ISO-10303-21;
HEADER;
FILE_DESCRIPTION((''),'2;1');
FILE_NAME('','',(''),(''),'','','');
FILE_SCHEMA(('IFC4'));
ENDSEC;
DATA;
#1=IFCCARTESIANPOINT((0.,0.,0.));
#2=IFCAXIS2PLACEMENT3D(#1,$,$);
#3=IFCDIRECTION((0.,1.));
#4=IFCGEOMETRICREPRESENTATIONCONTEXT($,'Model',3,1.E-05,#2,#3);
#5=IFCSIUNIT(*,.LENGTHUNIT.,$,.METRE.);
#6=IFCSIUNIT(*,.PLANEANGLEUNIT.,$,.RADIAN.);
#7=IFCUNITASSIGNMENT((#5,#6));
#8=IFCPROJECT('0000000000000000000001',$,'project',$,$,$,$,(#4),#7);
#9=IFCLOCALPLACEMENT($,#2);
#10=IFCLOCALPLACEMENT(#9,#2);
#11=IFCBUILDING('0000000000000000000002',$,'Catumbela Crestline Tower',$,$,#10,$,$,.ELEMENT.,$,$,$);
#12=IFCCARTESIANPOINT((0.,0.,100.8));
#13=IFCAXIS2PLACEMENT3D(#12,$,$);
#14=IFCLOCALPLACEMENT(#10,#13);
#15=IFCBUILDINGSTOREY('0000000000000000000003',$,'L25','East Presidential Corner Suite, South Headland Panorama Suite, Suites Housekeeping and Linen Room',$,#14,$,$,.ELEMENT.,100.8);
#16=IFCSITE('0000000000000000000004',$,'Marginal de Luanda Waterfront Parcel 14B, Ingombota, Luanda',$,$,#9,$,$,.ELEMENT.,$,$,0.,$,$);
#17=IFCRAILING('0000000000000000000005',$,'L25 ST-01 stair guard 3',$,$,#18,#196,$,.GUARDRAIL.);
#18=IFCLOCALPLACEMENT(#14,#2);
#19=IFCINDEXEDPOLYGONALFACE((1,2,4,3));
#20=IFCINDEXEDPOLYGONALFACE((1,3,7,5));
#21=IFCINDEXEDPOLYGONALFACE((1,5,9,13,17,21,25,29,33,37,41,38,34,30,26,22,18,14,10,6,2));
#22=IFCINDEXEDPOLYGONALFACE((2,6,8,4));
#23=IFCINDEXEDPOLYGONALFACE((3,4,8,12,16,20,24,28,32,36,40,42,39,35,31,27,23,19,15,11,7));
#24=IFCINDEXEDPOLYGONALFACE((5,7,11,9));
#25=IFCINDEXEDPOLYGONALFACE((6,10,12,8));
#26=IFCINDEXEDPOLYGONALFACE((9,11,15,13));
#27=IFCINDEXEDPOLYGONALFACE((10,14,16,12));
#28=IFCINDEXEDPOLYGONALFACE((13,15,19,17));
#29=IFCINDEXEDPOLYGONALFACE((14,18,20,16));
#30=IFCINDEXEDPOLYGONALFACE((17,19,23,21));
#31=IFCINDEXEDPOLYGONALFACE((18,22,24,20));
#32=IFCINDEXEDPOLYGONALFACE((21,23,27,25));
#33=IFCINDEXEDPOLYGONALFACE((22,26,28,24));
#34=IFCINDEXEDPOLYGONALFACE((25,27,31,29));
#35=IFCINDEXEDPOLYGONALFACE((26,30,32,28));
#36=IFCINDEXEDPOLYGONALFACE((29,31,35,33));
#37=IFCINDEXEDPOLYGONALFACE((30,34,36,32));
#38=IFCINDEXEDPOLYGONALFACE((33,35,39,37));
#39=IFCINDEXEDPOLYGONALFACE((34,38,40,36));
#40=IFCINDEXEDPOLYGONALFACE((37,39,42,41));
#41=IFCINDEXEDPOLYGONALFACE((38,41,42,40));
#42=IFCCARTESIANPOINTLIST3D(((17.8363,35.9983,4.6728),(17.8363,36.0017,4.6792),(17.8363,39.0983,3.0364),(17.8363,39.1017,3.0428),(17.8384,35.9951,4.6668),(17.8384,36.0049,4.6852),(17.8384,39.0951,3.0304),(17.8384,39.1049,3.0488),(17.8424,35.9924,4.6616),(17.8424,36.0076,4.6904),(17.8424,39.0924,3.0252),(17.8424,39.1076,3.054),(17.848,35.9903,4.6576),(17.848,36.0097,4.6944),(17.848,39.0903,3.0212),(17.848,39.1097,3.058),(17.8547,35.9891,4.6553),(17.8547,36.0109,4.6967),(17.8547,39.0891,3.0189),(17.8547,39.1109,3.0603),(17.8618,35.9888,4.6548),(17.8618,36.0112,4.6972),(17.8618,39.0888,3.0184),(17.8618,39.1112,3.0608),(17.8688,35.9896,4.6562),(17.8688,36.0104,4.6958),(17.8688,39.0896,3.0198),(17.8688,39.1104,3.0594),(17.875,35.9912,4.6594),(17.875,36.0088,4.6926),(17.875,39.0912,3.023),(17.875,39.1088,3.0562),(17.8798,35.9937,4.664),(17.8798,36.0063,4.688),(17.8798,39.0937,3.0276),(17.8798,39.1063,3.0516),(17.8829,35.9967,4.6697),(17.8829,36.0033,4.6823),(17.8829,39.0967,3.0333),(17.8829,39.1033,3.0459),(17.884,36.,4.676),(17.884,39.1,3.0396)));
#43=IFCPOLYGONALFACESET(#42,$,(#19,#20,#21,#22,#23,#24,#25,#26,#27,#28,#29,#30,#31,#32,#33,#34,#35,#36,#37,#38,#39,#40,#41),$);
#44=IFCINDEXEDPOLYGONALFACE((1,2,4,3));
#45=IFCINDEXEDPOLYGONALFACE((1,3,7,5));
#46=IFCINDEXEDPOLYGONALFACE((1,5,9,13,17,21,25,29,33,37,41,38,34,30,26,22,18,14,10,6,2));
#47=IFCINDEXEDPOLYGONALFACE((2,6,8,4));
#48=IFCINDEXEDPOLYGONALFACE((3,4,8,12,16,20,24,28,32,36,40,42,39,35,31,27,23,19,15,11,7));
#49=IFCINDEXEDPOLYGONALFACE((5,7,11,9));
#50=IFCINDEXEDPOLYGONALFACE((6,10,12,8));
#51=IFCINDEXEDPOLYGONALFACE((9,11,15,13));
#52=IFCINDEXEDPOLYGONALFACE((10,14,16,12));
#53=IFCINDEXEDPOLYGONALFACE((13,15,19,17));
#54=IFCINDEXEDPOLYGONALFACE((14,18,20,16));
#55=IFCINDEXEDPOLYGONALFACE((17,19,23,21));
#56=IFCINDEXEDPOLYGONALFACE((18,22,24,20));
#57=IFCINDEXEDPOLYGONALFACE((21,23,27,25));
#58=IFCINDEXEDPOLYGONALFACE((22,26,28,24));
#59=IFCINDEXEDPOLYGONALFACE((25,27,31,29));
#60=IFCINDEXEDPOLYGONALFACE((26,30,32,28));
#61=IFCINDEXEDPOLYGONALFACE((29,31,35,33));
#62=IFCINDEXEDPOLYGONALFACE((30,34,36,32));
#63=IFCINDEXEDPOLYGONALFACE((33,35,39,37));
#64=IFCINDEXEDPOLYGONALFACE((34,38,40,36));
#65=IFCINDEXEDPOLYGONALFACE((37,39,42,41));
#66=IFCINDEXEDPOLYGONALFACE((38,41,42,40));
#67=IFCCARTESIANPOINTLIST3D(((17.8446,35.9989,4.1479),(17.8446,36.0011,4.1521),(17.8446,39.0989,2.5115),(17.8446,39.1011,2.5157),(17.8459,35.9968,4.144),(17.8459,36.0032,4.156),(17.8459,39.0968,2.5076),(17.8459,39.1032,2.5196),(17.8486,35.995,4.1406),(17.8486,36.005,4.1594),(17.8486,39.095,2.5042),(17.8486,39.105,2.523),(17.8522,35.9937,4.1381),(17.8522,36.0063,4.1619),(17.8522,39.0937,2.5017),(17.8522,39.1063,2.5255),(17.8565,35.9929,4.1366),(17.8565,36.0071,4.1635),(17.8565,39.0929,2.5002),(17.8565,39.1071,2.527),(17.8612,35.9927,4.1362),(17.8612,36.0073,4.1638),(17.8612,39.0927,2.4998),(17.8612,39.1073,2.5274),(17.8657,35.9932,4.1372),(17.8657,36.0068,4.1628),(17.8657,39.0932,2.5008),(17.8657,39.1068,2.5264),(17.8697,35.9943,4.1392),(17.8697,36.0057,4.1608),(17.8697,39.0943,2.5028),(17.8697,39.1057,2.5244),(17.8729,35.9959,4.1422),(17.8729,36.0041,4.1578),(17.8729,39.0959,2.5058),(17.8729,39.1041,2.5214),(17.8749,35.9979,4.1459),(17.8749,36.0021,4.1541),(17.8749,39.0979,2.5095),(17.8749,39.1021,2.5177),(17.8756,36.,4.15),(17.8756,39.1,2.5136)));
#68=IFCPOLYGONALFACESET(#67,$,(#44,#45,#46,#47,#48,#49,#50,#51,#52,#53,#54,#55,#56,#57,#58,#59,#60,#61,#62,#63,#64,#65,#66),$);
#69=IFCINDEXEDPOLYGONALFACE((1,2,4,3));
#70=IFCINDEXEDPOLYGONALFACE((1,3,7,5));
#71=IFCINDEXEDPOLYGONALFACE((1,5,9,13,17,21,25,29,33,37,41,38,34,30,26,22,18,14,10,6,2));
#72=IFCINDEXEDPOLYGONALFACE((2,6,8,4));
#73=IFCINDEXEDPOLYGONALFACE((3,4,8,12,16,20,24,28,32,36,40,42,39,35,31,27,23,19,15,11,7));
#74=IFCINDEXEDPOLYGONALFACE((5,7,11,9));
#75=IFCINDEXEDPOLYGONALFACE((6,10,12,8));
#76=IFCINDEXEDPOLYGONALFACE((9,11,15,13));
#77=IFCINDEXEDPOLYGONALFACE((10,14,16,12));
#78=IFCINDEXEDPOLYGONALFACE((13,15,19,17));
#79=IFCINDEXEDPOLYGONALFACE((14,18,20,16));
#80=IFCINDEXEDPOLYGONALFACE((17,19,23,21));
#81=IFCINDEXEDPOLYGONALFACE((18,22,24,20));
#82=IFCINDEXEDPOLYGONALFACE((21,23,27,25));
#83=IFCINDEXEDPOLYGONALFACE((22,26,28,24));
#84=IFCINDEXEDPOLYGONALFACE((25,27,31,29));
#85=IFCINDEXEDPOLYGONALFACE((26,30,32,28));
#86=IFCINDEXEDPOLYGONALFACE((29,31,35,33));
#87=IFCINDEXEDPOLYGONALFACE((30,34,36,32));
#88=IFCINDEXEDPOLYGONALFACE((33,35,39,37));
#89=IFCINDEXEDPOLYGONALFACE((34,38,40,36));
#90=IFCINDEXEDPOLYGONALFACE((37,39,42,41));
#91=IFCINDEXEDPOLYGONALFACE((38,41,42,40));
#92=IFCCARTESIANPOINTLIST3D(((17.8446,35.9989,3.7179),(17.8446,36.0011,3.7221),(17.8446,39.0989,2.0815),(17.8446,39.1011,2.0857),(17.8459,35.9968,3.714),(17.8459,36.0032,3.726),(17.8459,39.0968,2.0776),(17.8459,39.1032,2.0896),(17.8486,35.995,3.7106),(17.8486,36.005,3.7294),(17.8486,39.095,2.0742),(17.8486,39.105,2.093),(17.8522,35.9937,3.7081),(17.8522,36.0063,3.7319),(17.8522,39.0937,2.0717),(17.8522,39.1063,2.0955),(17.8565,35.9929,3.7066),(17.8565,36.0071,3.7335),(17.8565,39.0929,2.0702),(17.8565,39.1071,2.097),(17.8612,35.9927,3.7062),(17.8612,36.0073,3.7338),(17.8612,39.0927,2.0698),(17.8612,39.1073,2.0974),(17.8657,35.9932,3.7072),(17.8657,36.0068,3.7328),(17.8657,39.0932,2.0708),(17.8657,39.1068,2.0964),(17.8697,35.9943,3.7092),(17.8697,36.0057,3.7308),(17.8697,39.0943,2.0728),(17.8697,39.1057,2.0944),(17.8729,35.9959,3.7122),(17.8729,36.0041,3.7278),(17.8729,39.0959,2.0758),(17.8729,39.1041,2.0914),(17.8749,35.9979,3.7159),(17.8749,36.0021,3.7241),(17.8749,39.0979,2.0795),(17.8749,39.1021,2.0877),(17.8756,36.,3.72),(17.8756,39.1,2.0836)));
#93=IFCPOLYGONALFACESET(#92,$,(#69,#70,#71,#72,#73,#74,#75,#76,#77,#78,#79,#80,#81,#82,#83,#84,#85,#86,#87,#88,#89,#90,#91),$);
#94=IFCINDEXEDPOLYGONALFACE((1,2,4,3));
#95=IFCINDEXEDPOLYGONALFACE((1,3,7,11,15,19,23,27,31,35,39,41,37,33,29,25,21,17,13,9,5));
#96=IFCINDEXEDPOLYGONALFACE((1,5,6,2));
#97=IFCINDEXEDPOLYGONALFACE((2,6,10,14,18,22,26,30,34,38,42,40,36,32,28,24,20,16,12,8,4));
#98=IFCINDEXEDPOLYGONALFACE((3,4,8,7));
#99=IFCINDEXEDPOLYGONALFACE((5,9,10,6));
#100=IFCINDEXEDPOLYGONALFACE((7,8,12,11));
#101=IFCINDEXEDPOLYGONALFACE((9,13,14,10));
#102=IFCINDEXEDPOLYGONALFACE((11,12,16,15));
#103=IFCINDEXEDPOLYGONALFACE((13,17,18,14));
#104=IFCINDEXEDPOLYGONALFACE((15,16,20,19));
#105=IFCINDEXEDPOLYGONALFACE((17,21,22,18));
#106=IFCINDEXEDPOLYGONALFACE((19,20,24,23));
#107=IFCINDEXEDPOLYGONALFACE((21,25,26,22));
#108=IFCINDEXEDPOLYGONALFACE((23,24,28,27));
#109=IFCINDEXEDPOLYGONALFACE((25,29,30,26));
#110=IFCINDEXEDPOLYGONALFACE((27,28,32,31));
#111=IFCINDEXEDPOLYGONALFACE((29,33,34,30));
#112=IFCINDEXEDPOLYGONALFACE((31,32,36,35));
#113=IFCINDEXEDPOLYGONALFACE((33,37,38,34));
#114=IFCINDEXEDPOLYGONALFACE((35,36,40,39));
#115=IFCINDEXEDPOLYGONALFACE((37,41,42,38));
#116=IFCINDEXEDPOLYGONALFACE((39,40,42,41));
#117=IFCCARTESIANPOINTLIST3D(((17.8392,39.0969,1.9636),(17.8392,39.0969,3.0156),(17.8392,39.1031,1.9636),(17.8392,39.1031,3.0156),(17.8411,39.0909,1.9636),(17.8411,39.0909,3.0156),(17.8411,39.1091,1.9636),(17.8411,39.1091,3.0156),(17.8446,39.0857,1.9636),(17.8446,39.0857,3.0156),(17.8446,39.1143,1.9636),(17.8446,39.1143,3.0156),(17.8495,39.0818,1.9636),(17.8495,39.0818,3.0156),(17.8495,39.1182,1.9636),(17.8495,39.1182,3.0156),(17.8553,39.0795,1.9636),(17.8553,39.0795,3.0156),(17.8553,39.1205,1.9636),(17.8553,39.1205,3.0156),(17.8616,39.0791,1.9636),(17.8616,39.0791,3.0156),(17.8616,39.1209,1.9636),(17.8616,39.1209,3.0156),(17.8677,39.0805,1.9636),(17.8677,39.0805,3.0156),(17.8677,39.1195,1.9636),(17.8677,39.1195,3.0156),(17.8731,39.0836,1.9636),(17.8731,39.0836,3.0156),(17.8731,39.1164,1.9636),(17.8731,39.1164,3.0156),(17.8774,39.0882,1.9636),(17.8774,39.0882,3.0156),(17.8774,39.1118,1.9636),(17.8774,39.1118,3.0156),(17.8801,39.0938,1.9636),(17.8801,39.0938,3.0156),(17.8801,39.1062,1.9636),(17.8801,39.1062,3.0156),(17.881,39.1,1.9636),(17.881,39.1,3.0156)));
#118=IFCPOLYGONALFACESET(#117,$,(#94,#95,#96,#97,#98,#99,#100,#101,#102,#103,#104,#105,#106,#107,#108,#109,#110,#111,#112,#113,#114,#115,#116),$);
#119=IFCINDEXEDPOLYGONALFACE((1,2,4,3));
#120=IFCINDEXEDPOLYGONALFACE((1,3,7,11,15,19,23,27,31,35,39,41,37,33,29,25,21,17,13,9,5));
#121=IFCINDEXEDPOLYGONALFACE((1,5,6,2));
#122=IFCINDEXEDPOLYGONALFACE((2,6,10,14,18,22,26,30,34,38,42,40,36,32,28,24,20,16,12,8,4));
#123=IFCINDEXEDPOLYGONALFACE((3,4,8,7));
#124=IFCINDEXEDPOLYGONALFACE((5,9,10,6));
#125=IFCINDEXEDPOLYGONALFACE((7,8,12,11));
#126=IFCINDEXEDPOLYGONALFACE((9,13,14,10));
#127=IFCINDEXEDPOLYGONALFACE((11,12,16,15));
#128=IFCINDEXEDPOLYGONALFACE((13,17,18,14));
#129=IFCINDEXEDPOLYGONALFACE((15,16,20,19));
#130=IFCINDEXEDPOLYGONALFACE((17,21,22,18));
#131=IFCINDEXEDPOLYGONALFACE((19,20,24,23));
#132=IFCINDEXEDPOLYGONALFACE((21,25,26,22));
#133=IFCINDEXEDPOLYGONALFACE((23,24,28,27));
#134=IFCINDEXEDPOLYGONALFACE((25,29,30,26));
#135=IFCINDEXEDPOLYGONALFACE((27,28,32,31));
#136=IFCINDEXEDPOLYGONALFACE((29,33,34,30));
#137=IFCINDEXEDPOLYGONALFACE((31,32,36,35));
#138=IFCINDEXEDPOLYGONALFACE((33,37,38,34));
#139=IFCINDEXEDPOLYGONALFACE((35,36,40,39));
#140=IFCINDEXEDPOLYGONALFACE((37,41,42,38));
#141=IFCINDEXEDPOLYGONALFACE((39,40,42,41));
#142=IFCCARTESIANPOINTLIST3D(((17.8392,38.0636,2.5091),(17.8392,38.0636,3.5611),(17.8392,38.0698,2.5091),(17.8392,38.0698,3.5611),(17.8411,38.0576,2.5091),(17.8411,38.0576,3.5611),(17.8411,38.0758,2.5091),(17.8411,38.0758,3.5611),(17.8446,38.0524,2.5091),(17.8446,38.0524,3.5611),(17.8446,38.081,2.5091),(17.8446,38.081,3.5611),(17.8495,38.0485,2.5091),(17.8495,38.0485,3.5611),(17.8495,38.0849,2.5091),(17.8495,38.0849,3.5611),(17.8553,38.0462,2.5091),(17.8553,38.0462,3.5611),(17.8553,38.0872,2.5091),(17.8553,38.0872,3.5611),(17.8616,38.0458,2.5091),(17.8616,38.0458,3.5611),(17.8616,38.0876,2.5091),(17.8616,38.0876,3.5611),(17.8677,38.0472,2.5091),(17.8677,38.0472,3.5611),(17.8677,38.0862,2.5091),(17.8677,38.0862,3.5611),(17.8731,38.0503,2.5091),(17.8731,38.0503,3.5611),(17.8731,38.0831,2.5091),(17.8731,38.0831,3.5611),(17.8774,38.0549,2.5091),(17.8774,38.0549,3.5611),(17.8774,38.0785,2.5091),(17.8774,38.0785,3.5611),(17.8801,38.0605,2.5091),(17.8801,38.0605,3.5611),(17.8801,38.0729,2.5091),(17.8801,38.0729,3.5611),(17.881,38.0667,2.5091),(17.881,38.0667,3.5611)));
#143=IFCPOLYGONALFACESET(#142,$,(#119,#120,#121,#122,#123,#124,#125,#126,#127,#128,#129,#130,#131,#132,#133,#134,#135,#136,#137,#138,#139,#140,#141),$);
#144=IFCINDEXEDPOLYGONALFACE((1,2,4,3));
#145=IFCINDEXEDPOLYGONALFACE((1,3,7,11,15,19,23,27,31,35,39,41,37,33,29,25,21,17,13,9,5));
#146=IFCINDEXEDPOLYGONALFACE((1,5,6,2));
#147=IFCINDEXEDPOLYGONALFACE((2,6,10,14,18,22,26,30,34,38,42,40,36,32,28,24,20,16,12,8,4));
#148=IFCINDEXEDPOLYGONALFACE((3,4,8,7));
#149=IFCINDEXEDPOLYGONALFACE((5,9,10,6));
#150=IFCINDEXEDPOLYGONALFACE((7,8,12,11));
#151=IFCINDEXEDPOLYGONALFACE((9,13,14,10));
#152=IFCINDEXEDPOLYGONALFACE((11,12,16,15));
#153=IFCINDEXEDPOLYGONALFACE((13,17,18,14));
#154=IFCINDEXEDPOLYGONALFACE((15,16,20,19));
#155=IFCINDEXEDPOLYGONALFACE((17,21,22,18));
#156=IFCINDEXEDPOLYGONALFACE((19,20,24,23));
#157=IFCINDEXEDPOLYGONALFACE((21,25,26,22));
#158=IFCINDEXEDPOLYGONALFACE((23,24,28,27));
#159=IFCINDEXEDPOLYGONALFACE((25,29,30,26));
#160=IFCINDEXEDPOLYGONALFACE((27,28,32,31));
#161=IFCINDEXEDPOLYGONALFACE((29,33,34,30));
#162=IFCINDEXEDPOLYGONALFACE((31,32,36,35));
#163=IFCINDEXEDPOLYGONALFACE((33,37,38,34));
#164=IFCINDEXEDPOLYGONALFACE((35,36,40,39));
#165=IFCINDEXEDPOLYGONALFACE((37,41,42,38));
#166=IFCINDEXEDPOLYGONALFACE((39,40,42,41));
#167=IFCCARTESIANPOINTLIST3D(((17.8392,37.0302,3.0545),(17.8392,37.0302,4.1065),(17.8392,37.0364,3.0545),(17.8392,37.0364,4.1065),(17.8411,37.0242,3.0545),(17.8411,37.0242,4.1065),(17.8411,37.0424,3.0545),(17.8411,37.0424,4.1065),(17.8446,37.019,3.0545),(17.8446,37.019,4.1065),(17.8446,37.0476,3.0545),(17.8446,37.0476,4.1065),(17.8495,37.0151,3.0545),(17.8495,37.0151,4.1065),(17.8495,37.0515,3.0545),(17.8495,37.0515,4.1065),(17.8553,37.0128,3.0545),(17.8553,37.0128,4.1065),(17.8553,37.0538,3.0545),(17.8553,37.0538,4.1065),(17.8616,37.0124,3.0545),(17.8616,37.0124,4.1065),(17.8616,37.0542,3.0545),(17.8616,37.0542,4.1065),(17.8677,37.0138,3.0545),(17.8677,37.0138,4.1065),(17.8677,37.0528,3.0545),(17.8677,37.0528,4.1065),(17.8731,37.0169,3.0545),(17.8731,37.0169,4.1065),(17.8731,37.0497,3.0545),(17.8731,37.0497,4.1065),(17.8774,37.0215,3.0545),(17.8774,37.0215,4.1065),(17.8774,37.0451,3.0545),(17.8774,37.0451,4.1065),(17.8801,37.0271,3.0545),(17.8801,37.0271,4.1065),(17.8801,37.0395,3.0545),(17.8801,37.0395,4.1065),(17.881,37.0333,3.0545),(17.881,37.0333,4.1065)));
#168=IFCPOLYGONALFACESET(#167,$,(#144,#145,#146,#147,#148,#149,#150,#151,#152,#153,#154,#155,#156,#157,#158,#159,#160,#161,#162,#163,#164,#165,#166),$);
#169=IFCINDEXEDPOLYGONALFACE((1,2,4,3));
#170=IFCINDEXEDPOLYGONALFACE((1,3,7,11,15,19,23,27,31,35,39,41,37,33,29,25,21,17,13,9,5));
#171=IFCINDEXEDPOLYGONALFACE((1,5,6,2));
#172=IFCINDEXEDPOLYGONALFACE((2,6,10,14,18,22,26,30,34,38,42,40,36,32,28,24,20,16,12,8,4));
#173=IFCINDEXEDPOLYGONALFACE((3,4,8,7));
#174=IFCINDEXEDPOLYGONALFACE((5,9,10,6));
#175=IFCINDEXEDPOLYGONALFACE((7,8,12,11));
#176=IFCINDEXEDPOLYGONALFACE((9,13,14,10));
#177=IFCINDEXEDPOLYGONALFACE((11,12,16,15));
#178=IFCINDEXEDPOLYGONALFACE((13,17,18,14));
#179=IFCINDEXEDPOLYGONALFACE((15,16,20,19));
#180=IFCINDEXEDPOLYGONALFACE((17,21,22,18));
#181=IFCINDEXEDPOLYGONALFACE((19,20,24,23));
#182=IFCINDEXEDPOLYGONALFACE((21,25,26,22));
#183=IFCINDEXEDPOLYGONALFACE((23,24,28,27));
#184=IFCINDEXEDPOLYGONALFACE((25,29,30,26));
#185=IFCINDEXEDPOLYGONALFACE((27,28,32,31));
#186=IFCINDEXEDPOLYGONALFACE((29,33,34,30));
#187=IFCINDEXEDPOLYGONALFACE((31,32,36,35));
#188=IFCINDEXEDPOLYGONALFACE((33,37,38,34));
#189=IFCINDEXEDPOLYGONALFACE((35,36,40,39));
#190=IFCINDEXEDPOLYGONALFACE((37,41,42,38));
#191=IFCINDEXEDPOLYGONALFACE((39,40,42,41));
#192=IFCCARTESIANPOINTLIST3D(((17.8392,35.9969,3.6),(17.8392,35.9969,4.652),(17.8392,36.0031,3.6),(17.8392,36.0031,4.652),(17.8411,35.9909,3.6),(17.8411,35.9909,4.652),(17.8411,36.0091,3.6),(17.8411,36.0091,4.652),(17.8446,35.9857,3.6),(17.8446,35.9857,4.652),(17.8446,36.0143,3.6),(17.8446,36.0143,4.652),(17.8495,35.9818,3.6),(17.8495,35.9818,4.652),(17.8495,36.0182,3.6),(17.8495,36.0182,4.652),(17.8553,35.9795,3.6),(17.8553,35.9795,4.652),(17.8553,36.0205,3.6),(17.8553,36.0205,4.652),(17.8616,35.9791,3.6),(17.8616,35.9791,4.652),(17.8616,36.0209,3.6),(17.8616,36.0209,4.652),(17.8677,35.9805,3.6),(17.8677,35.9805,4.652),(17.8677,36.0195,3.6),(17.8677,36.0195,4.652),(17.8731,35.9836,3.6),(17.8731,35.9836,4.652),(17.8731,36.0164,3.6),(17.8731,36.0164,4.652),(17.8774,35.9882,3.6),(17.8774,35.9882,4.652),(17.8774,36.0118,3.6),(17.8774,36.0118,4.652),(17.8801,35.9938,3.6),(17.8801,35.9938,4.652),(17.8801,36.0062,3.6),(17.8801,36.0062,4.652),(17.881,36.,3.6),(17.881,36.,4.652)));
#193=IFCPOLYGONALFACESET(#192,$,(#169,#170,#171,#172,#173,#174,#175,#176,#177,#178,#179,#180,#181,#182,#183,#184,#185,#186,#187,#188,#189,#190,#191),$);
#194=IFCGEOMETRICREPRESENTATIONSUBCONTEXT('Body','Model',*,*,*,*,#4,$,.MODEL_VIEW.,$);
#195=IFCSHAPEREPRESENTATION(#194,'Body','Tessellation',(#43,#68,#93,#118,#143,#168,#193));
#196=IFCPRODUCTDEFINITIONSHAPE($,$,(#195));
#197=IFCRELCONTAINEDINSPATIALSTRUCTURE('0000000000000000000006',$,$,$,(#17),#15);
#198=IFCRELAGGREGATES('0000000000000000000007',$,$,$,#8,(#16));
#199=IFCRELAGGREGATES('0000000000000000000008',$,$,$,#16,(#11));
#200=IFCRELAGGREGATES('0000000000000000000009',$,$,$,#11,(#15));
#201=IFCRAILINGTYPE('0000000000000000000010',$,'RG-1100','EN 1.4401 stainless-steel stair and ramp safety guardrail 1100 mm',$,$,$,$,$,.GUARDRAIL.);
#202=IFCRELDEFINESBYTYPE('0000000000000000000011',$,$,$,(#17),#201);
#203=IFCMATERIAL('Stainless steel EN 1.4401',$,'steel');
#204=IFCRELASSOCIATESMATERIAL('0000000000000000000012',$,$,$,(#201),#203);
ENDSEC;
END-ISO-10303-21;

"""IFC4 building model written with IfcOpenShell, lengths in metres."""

from ifc_helpers import new_model, si_unit, direction, frame, origin, origin_2d, place, context, subcontext, project, spatial, circle, extrude, material, type_object, element, save


model = new_model("IFC4")

# Units and contexts
model_context = context("Model", 3, precision=1e-05, world=origin(), true_north=direction((0.0, 1.0)))
body_context = subcontext(model_context, "Body", "Model", "MODEL_VIEW")
ifc_project = project(units=[si_unit("LENGTHUNIT", "METRE"), si_unit("PLANEANGLEUNIT", "RADIAN")], contexts=[model_context])

# Site, building, storey
site_placement = place(None, origin())
site = spatial("IfcSite", under=ifc_project, at=site_placement, Name="Marginal de Luanda Waterfront Parcel 14B, Ingombota, Luanda", CompositionType="ELEMENT", RefElevation=0.0)
building_placement = place(site_placement, origin())
building = spatial("IfcBuilding", under=site, at=building_placement, Name="Catumbela Crestline Tower", CompositionType="ELEMENT")
storey_placement = place(building_placement, frame((0.0, 0.0, 100.8)))
storey = spatial("IfcBuildingStorey", under=building, at=storey_placement, Name="L25", Description="East Presidential Corner Suite, South Headland Panorama Suite, Suites Housekeeping and Linen Room", CompositionType="ELEMENT", Elevation=100.8)

# Railing
ifc_material_1 = material(Name="Stainless steel EN 1.4401", Category="steel")
railing_type_1 = type_object("IfcRailingType", Name="RG-1100", Description="EN 1.4401 stainless-steel stair and ramp safety guardrail 1100 mm", PredefinedType="GUARDRAIL", material=ifc_material_1)
railing_1_placement = place(storey_placement, frame((17.86, 39.1, 1.9636)))
element("IfcRailing", 1, at=railing_1_placement, inside=storey, type_object=railing_type_1, Name="L25 ST-01 stair guard 3", PredefinedType="GUARDRAIL", context=body_context, shape_type="SweptSolid", body=[
    extrude(circle(Radius=0.024, at=origin_2d()), frame((0.0, 0.0, 1.076), z_axis=(0.0, -0.884351, 0.466823), x_axis=(1.0, 0.0, 0.0)), (0.0, 0.0, 1.0), 3.5054),
    extrude(circle(Radius=0.0156, at=origin_2d()), frame((0.0, 0.0, 0.55), z_axis=(0.0, -0.884351, 0.466823), x_axis=(1.0, 0.0, 0.0)), (0.0, 0.0, 1.0), 3.5054),
    extrude(circle(Radius=0.0156, at=origin_2d()), frame((0.0, 0.0, 0.12), z_axis=(0.0, -0.884351, 0.466823), x_axis=(1.0, 0.0, 0.0)), (0.0, 0.0, 1.0), 3.5054),
    extrude(circle(Radius=0.021, at=origin_2d()), origin(), (0.0, 0.0, 1.0), 1.052),
    extrude(circle(Radius=0.021, at=origin_2d()), frame((0.0, -1.0333, 0.5455)), (0.0, 0.0, 1.0), 1.052),
    extrude(circle(Radius=0.021, at=origin_2d()), frame((0.0, -2.0667, 1.0909)), (0.0, 0.0, 1.0), 1.052),
    extrude(circle(Radius=0.021, at=origin_2d()), frame((0.0, -3.1, 1.6364)), (0.0, 0.0, 1.0), 1.052),
])

save(model, "model.ifc")
